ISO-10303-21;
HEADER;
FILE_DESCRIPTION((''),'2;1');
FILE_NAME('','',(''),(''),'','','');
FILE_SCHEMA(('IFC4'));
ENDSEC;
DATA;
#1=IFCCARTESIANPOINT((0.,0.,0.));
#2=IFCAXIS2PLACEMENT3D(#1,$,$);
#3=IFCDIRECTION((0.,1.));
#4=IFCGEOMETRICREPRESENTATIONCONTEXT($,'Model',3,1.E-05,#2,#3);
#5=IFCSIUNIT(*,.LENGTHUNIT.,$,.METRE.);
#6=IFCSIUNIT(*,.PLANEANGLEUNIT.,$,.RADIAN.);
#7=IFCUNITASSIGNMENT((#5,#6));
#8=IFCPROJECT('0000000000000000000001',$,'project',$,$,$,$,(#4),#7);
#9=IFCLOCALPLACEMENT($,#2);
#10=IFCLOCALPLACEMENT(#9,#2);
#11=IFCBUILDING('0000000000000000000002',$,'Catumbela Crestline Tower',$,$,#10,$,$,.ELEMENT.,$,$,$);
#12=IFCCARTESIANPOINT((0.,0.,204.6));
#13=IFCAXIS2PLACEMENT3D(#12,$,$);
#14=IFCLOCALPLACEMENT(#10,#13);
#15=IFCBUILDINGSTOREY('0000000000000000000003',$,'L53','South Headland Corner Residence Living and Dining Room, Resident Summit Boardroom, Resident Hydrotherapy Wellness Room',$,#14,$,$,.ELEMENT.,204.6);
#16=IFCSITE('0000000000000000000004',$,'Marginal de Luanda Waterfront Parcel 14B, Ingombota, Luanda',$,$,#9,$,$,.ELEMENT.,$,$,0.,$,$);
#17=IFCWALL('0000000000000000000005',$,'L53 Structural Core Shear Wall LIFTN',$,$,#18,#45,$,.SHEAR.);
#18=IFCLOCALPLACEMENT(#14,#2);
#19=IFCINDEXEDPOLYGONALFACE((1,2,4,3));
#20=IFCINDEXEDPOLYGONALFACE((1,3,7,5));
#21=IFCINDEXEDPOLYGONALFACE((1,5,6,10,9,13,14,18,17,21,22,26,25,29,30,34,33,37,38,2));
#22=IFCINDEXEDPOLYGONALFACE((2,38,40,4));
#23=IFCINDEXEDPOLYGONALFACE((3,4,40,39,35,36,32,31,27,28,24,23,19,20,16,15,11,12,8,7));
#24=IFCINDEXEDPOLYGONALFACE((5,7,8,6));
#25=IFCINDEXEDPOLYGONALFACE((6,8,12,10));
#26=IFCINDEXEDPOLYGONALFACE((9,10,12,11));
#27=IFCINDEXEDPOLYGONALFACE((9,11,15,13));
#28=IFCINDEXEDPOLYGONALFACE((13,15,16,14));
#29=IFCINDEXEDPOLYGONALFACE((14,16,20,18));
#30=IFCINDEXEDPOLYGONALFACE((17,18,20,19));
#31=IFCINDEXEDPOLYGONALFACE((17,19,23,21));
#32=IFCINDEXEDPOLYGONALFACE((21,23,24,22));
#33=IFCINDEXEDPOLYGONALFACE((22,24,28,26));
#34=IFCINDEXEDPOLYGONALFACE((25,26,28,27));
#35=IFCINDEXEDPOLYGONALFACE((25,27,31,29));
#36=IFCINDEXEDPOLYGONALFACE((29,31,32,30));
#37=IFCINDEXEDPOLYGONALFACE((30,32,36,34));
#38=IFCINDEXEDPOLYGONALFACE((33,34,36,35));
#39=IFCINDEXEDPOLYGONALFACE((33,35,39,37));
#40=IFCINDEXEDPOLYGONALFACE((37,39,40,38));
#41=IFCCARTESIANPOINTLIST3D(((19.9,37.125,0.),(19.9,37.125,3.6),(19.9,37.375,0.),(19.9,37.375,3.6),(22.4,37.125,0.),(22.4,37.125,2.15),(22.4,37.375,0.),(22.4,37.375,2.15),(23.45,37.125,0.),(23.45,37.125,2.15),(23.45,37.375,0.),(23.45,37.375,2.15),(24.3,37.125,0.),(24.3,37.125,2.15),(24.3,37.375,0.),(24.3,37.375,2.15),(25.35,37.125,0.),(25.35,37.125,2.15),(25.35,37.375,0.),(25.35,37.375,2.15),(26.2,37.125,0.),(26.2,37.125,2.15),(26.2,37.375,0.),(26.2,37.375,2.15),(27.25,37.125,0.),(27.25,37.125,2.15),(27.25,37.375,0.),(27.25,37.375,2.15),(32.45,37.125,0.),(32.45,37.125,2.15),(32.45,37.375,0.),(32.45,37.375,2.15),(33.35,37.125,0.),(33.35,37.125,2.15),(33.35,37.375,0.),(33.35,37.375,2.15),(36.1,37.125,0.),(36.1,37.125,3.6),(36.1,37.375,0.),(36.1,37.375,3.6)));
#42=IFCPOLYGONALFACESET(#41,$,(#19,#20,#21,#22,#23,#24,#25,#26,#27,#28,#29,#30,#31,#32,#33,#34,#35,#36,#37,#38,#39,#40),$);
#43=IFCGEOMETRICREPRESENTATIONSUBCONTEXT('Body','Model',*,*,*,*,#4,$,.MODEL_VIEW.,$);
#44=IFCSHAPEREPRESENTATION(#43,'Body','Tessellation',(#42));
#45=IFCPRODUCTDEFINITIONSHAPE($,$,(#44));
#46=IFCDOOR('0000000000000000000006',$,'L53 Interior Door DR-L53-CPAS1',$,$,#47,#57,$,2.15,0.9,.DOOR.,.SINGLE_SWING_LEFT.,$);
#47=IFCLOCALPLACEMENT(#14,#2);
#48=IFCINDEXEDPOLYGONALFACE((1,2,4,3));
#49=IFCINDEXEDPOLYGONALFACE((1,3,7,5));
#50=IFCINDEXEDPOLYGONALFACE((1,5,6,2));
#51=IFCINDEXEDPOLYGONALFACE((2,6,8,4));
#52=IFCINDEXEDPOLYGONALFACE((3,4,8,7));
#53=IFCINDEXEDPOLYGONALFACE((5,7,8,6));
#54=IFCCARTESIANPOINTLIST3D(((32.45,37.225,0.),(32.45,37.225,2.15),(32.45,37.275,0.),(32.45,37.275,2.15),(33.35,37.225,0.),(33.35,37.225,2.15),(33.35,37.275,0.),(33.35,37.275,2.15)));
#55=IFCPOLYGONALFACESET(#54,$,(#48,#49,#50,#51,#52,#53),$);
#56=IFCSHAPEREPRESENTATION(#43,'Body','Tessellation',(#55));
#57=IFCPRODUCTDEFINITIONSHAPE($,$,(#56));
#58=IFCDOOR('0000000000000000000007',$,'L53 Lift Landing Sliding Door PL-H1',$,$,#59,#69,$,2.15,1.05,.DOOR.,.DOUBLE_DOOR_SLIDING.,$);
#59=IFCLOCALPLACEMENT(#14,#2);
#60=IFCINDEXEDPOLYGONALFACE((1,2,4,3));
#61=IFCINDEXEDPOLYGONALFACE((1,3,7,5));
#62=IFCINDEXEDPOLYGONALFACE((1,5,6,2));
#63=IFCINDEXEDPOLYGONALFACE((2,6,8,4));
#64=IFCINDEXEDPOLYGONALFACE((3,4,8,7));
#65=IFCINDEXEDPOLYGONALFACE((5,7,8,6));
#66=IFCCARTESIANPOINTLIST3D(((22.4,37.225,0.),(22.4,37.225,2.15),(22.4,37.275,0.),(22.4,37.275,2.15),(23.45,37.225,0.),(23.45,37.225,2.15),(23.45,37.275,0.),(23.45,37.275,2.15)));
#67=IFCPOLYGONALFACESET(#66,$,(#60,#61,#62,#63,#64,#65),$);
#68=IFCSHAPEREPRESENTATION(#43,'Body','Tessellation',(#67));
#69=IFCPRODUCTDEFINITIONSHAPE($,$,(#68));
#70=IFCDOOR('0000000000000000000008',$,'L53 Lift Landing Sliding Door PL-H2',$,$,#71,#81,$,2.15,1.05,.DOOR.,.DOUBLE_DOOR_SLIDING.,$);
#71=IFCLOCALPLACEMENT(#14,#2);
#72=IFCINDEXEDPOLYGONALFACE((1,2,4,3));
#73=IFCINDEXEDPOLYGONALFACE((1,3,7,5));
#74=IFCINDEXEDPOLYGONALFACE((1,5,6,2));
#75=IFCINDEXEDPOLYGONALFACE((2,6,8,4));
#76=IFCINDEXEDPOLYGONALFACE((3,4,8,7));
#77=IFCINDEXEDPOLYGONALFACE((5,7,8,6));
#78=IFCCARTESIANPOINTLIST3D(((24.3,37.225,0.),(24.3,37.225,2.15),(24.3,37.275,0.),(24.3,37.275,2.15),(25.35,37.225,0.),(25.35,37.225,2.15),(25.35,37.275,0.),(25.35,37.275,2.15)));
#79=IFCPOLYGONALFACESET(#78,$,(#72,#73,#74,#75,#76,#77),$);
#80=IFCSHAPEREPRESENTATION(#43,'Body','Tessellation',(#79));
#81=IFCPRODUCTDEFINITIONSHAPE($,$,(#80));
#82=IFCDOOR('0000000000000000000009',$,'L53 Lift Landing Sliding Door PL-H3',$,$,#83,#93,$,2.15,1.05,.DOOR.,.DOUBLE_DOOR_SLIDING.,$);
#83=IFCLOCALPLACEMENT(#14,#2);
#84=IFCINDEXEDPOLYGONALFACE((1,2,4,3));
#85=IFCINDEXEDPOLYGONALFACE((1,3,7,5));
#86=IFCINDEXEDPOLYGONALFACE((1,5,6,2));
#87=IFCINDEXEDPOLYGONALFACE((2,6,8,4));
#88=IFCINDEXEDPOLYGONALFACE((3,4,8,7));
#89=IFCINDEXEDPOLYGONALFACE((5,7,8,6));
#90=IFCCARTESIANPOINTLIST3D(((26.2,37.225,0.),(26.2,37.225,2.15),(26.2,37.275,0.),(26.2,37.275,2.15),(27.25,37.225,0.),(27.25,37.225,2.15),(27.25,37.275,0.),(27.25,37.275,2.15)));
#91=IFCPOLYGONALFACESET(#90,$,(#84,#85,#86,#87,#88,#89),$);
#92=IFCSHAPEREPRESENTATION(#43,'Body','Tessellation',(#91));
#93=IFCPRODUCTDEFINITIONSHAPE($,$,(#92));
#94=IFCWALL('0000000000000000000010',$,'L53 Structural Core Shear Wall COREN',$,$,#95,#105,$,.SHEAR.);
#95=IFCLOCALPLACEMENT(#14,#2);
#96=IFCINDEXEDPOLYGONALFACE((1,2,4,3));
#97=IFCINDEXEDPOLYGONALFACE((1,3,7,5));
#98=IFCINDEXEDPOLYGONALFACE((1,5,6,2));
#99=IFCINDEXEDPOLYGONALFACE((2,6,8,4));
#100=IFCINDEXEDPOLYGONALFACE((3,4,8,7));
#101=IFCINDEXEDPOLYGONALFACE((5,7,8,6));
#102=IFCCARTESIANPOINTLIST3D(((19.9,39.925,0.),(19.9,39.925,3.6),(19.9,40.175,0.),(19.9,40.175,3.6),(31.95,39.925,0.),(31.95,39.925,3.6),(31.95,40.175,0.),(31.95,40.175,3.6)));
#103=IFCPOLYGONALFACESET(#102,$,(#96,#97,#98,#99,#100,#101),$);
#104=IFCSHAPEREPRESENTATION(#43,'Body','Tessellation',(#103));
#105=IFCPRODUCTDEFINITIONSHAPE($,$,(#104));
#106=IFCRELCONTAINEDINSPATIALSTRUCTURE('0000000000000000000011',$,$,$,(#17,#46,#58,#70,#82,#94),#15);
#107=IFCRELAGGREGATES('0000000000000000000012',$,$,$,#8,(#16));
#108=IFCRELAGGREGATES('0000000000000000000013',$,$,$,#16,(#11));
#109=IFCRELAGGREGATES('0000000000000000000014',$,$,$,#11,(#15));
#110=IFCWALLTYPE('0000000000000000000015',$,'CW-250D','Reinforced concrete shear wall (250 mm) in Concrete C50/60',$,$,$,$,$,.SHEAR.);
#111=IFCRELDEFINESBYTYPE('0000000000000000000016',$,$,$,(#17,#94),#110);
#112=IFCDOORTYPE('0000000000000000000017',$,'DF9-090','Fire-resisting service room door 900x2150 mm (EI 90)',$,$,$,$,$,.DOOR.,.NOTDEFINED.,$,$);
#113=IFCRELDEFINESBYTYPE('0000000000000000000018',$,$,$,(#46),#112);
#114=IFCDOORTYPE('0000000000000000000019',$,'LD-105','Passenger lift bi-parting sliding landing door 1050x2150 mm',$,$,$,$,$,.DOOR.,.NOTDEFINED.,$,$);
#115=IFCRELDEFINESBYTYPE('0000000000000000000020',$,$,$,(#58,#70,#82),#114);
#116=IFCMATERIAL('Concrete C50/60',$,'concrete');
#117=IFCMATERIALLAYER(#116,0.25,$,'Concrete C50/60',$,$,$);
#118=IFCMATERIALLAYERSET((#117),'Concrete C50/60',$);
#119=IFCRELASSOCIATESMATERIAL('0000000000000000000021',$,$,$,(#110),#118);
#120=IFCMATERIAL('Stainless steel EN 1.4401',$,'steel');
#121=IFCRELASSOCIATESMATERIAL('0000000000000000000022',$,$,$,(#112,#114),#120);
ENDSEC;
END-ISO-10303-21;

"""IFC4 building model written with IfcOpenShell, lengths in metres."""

from ifc_helpers import new_model, si_unit, direction, frame, frame_2d, origin, place, context, subcontext, project, spatial, rectangle, extrude, material, layer, layer_set, type_object, element, fill, save


model = new_model("IFC4")

# Units and contexts
model_context = context("Model", 3, precision=1e-05, world=origin(), true_north=direction((0.0, 1.0)))
body_context = subcontext(model_context, "Body", "Model", "MODEL_VIEW")
ifc_project = project(units=[si_unit("LENGTHUNIT", "METRE"), si_unit("PLANEANGLEUNIT", "RADIAN")], contexts=[model_context])

# Site, building, storey
site_placement = place(None, origin())
site = spatial("IfcSite", under=ifc_project, at=site_placement, Name="Marginal de Luanda Waterfront Parcel 14B, Ingombota, Luanda", CompositionType="ELEMENT", RefElevation=0.0)
building_placement = place(site_placement, origin())
building = spatial("IfcBuilding", under=site, at=building_placement, Name="Catumbela Crestline Tower", CompositionType="ELEMENT")
storey_placement = place(building_placement, frame((0.0, 0.0, 204.6)))
storey = spatial("IfcBuildingStorey", under=building, at=storey_placement, Name="L53", Description="South Headland Corner Residence Living and Dining Room, Resident Summit Boardroom, Resident Hydrotherapy Wellness Room", CompositionType="ELEMENT", Elevation=204.6)

# Shared definitions
ifc_material_1 = material(Name="Concrete C50/60", Category="concrete")
ifc_layer_1 = layer(ifc_material_1, 0.25, Name="Concrete C50/60")
ifc_layer_set_1 = layer_set([ifc_layer_1], Name="Concrete C50/60")
wall_type_1 = type_object("IfcWallType", Name="CW-250D", Description="Reinforced concrete shear wall (250 mm) in Concrete C50/60", PredefinedType="SHEAR", material=ifc_layer_set_1)

# Wall, openings, doors
ifc_material_2 = material(Name="Stainless steel EN 1.4401", Category="steel")
wall_1_placement = place(storey_placement, frame((19.9, 37.25, 0.0), z_axis=(0.0, 0.0, 1.0), x_axis=(1.0, 0.0, 0.0)))
wall_1 = element("IfcWall", 1, at=wall_1_placement, inside=storey, type_object=wall_type_1, Name="L53 Structural Core Shear Wall LIFTN", PredefinedType="SHEAR", context=body_context, shape_type="SweptSolid", body=[
    extrude(rectangle(XDim=16.2, YDim=0.25, at=frame_2d((8.1, 0.0))), origin(), (0.0, 0.0, 1.0), 3.6),
])
opening_1_placement = place(wall_1_placement, frame((12.55, 0.0, 0.0)))
opening_1 = element("IfcOpeningElement", 2, at=opening_1_placement, cuts=wall_1, PredefinedType="OPENING", context=body_context, shape_type="SweptSolid", body=[
    extrude(rectangle(XDim=0.9, YDim=2.15, at=frame_2d((0.45, 1.075))), frame((0.0, 0.135, 0.0), z_axis=(0.0, -1.0, 0.0), x_axis=(1.0, 0.0, 0.0)), (0.0, 0.0, 1.0), 0.27),
])
opening_2_placement = place(wall_1_placement, frame((2.5, 0.0, 0.0)))
opening_2 = element("IfcOpeningElement", 3, at=opening_2_placement, cuts=wall_1, PredefinedType="OPENING", context=body_context, shape_type="SweptSolid", body=[
    extrude(rectangle(XDim=1.05, YDim=2.15, at=frame_2d((0.525, 1.075))), frame((0.0, 0.135, 0.0), z_axis=(0.0, -1.0, 0.0), x_axis=(1.0, 0.0, 0.0)), (0.0, 0.0, 1.0), 0.27),
])
opening_3_placement = place(wall_1_placement, frame((4.4, 0.0, 0.0)))
opening_3 = element("IfcOpeningElement", 4, at=opening_3_placement, cuts=wall_1, PredefinedType="OPENING", context=body_context, shape_type="SweptSolid", body=[
    extrude(rectangle(XDim=1.05, YDim=2.15, at=frame_2d((0.525, 1.075))), frame((0.0, 0.135, 0.0), z_axis=(0.0, -1.0, 0.0), x_axis=(1.0, 0.0, 0.0)), (0.0, 0.0, 1.0), 0.27),
])
opening_4_placement = place(wall_1_placement, frame((6.3, 0.0, 0.0)))
opening_4 = element("IfcOpeningElement", 5, at=opening_4_placement, cuts=wall_1, PredefinedType="OPENING", context=body_context, shape_type="SweptSolid", body=[
    extrude(rectangle(XDim=1.05, YDim=2.15, at=frame_2d((0.525, 1.075))), frame((0.0, 0.135, 0.0), z_axis=(0.0, -1.0, 0.0), x_axis=(1.0, 0.0, 0.0)), (0.0, 0.0, 1.0), 0.27),
])
door_type_1 = type_object("IfcDoorType", Name="DF9-090", Description="Fire-resisting service room door 900x2150 mm (EI 90)", OperationType="NOTDEFINED", PredefinedType="DOOR", material=ifc_material_2)
door_1_placement = place(opening_1_placement, origin())
door_1 = element("IfcDoor", 6, at=door_1_placement, inside=storey, type_object=door_type_1, Name="L53 Interior Door DR-L53-CPAS1", OperationType="SINGLE_SWING_LEFT", OverallHeight=2.15, OverallWidth=0.9, PredefinedType="DOOR", context=body_context, shape_type="SweptSolid", body=[
    extrude(rectangle(XDim=0.9, YDim=2.15, at=frame_2d((0.45, 1.075))), frame((0.0, 0.025, 0.0), z_axis=(0.0, -1.0, 0.0), x_axis=(1.0, 0.0, 0.0)), (0.0, 0.0, 1.0), 0.05),
])
fill(opening_1, door_1)
door_type_2 = type_object("IfcDoorType", Name="LD-105", Description="Passenger lift bi-parting sliding landing door 1050x2150 mm", OperationType="NOTDEFINED", PredefinedType="DOOR", material=ifc_material_2)
door_2_placement = place(opening_2_placement, origin())
door_2 = element("IfcDoor", 7, at=door_2_placement, inside=storey, type_object=door_type_2, Name="L53 Lift Landing Sliding Door PL-H1", OperationType="DOUBLE_DOOR_SLIDING", OverallHeight=2.15, OverallWidth=1.05, PredefinedType="DOOR", context=body_context, shape_type="SweptSolid", body=[
    extrude(rectangle(XDim=1.05, YDim=2.15, at=frame_2d((0.525, 1.075))), frame((0.0, 0.025, 0.0), z_axis=(0.0, -1.0, 0.0), x_axis=(1.0, 0.0, 0.0)), (0.0, 0.0, 1.0), 0.05),
])
fill(opening_2, door_2)
door_3_placement = place(opening_3_placement, origin())
door_3 = element("IfcDoor", 8, at=door_3_placement, inside=storey, type_object=door_type_2, Name="L53 Lift Landing Sliding Door PL-H2", OperationType="DOUBLE_DOOR_SLIDING", OverallHeight=2.15, OverallWidth=1.05, PredefinedType="DOOR", context=body_context, shape_type="SweptSolid", body=[
    extrude(rectangle(XDim=1.05, YDim=2.15, at=frame_2d((0.525, 1.075))), frame((0.0, 0.025, 0.0), z_axis=(0.0, -1.0, 0.0), x_axis=(1.0, 0.0, 0.0)), (0.0, 0.0, 1.0), 0.05),
])
fill(opening_3, door_3)
door_4_placement = place(opening_4_placement, origin())
door_4 = element("IfcDoor", 9, at=door_4_placement, inside=storey, type_object=door_type_2, Name="L53 Lift Landing Sliding Door PL-H3", OperationType="DOUBLE_DOOR_SLIDING", OverallHeight=2.15, OverallWidth=1.05, PredefinedType="DOOR", context=body_context, shape_type="SweptSolid", body=[
    extrude(rectangle(XDim=1.05, YDim=2.15, at=frame_2d((0.525, 1.075))), frame((0.0, 0.025, 0.0), z_axis=(0.0, -1.0, 0.0), x_axis=(1.0, 0.0, 0.0)), (0.0, 0.0, 1.0), 0.05),
])
fill(opening_4, door_4)

# Wall
wall_2_placement = place(storey_placement, frame((19.9, 40.05, 0.0), z_axis=(0.0, 0.0, 1.0), x_axis=(1.0, 0.0, 0.0)))
element("IfcWall", 10, at=wall_2_placement, inside=storey, type_object=wall_type_1, Name="L53 Structural Core Shear Wall COREN", PredefinedType="SHEAR", context=body_context, shape_type="SweptSolid", body=[
    extrude(rectangle(XDim=12.05, YDim=0.25, at=frame_2d((6.025, 0.0))), origin(), (0.0, 0.0, 1.0), 3.6),
])

save(model, "model.ifc")
